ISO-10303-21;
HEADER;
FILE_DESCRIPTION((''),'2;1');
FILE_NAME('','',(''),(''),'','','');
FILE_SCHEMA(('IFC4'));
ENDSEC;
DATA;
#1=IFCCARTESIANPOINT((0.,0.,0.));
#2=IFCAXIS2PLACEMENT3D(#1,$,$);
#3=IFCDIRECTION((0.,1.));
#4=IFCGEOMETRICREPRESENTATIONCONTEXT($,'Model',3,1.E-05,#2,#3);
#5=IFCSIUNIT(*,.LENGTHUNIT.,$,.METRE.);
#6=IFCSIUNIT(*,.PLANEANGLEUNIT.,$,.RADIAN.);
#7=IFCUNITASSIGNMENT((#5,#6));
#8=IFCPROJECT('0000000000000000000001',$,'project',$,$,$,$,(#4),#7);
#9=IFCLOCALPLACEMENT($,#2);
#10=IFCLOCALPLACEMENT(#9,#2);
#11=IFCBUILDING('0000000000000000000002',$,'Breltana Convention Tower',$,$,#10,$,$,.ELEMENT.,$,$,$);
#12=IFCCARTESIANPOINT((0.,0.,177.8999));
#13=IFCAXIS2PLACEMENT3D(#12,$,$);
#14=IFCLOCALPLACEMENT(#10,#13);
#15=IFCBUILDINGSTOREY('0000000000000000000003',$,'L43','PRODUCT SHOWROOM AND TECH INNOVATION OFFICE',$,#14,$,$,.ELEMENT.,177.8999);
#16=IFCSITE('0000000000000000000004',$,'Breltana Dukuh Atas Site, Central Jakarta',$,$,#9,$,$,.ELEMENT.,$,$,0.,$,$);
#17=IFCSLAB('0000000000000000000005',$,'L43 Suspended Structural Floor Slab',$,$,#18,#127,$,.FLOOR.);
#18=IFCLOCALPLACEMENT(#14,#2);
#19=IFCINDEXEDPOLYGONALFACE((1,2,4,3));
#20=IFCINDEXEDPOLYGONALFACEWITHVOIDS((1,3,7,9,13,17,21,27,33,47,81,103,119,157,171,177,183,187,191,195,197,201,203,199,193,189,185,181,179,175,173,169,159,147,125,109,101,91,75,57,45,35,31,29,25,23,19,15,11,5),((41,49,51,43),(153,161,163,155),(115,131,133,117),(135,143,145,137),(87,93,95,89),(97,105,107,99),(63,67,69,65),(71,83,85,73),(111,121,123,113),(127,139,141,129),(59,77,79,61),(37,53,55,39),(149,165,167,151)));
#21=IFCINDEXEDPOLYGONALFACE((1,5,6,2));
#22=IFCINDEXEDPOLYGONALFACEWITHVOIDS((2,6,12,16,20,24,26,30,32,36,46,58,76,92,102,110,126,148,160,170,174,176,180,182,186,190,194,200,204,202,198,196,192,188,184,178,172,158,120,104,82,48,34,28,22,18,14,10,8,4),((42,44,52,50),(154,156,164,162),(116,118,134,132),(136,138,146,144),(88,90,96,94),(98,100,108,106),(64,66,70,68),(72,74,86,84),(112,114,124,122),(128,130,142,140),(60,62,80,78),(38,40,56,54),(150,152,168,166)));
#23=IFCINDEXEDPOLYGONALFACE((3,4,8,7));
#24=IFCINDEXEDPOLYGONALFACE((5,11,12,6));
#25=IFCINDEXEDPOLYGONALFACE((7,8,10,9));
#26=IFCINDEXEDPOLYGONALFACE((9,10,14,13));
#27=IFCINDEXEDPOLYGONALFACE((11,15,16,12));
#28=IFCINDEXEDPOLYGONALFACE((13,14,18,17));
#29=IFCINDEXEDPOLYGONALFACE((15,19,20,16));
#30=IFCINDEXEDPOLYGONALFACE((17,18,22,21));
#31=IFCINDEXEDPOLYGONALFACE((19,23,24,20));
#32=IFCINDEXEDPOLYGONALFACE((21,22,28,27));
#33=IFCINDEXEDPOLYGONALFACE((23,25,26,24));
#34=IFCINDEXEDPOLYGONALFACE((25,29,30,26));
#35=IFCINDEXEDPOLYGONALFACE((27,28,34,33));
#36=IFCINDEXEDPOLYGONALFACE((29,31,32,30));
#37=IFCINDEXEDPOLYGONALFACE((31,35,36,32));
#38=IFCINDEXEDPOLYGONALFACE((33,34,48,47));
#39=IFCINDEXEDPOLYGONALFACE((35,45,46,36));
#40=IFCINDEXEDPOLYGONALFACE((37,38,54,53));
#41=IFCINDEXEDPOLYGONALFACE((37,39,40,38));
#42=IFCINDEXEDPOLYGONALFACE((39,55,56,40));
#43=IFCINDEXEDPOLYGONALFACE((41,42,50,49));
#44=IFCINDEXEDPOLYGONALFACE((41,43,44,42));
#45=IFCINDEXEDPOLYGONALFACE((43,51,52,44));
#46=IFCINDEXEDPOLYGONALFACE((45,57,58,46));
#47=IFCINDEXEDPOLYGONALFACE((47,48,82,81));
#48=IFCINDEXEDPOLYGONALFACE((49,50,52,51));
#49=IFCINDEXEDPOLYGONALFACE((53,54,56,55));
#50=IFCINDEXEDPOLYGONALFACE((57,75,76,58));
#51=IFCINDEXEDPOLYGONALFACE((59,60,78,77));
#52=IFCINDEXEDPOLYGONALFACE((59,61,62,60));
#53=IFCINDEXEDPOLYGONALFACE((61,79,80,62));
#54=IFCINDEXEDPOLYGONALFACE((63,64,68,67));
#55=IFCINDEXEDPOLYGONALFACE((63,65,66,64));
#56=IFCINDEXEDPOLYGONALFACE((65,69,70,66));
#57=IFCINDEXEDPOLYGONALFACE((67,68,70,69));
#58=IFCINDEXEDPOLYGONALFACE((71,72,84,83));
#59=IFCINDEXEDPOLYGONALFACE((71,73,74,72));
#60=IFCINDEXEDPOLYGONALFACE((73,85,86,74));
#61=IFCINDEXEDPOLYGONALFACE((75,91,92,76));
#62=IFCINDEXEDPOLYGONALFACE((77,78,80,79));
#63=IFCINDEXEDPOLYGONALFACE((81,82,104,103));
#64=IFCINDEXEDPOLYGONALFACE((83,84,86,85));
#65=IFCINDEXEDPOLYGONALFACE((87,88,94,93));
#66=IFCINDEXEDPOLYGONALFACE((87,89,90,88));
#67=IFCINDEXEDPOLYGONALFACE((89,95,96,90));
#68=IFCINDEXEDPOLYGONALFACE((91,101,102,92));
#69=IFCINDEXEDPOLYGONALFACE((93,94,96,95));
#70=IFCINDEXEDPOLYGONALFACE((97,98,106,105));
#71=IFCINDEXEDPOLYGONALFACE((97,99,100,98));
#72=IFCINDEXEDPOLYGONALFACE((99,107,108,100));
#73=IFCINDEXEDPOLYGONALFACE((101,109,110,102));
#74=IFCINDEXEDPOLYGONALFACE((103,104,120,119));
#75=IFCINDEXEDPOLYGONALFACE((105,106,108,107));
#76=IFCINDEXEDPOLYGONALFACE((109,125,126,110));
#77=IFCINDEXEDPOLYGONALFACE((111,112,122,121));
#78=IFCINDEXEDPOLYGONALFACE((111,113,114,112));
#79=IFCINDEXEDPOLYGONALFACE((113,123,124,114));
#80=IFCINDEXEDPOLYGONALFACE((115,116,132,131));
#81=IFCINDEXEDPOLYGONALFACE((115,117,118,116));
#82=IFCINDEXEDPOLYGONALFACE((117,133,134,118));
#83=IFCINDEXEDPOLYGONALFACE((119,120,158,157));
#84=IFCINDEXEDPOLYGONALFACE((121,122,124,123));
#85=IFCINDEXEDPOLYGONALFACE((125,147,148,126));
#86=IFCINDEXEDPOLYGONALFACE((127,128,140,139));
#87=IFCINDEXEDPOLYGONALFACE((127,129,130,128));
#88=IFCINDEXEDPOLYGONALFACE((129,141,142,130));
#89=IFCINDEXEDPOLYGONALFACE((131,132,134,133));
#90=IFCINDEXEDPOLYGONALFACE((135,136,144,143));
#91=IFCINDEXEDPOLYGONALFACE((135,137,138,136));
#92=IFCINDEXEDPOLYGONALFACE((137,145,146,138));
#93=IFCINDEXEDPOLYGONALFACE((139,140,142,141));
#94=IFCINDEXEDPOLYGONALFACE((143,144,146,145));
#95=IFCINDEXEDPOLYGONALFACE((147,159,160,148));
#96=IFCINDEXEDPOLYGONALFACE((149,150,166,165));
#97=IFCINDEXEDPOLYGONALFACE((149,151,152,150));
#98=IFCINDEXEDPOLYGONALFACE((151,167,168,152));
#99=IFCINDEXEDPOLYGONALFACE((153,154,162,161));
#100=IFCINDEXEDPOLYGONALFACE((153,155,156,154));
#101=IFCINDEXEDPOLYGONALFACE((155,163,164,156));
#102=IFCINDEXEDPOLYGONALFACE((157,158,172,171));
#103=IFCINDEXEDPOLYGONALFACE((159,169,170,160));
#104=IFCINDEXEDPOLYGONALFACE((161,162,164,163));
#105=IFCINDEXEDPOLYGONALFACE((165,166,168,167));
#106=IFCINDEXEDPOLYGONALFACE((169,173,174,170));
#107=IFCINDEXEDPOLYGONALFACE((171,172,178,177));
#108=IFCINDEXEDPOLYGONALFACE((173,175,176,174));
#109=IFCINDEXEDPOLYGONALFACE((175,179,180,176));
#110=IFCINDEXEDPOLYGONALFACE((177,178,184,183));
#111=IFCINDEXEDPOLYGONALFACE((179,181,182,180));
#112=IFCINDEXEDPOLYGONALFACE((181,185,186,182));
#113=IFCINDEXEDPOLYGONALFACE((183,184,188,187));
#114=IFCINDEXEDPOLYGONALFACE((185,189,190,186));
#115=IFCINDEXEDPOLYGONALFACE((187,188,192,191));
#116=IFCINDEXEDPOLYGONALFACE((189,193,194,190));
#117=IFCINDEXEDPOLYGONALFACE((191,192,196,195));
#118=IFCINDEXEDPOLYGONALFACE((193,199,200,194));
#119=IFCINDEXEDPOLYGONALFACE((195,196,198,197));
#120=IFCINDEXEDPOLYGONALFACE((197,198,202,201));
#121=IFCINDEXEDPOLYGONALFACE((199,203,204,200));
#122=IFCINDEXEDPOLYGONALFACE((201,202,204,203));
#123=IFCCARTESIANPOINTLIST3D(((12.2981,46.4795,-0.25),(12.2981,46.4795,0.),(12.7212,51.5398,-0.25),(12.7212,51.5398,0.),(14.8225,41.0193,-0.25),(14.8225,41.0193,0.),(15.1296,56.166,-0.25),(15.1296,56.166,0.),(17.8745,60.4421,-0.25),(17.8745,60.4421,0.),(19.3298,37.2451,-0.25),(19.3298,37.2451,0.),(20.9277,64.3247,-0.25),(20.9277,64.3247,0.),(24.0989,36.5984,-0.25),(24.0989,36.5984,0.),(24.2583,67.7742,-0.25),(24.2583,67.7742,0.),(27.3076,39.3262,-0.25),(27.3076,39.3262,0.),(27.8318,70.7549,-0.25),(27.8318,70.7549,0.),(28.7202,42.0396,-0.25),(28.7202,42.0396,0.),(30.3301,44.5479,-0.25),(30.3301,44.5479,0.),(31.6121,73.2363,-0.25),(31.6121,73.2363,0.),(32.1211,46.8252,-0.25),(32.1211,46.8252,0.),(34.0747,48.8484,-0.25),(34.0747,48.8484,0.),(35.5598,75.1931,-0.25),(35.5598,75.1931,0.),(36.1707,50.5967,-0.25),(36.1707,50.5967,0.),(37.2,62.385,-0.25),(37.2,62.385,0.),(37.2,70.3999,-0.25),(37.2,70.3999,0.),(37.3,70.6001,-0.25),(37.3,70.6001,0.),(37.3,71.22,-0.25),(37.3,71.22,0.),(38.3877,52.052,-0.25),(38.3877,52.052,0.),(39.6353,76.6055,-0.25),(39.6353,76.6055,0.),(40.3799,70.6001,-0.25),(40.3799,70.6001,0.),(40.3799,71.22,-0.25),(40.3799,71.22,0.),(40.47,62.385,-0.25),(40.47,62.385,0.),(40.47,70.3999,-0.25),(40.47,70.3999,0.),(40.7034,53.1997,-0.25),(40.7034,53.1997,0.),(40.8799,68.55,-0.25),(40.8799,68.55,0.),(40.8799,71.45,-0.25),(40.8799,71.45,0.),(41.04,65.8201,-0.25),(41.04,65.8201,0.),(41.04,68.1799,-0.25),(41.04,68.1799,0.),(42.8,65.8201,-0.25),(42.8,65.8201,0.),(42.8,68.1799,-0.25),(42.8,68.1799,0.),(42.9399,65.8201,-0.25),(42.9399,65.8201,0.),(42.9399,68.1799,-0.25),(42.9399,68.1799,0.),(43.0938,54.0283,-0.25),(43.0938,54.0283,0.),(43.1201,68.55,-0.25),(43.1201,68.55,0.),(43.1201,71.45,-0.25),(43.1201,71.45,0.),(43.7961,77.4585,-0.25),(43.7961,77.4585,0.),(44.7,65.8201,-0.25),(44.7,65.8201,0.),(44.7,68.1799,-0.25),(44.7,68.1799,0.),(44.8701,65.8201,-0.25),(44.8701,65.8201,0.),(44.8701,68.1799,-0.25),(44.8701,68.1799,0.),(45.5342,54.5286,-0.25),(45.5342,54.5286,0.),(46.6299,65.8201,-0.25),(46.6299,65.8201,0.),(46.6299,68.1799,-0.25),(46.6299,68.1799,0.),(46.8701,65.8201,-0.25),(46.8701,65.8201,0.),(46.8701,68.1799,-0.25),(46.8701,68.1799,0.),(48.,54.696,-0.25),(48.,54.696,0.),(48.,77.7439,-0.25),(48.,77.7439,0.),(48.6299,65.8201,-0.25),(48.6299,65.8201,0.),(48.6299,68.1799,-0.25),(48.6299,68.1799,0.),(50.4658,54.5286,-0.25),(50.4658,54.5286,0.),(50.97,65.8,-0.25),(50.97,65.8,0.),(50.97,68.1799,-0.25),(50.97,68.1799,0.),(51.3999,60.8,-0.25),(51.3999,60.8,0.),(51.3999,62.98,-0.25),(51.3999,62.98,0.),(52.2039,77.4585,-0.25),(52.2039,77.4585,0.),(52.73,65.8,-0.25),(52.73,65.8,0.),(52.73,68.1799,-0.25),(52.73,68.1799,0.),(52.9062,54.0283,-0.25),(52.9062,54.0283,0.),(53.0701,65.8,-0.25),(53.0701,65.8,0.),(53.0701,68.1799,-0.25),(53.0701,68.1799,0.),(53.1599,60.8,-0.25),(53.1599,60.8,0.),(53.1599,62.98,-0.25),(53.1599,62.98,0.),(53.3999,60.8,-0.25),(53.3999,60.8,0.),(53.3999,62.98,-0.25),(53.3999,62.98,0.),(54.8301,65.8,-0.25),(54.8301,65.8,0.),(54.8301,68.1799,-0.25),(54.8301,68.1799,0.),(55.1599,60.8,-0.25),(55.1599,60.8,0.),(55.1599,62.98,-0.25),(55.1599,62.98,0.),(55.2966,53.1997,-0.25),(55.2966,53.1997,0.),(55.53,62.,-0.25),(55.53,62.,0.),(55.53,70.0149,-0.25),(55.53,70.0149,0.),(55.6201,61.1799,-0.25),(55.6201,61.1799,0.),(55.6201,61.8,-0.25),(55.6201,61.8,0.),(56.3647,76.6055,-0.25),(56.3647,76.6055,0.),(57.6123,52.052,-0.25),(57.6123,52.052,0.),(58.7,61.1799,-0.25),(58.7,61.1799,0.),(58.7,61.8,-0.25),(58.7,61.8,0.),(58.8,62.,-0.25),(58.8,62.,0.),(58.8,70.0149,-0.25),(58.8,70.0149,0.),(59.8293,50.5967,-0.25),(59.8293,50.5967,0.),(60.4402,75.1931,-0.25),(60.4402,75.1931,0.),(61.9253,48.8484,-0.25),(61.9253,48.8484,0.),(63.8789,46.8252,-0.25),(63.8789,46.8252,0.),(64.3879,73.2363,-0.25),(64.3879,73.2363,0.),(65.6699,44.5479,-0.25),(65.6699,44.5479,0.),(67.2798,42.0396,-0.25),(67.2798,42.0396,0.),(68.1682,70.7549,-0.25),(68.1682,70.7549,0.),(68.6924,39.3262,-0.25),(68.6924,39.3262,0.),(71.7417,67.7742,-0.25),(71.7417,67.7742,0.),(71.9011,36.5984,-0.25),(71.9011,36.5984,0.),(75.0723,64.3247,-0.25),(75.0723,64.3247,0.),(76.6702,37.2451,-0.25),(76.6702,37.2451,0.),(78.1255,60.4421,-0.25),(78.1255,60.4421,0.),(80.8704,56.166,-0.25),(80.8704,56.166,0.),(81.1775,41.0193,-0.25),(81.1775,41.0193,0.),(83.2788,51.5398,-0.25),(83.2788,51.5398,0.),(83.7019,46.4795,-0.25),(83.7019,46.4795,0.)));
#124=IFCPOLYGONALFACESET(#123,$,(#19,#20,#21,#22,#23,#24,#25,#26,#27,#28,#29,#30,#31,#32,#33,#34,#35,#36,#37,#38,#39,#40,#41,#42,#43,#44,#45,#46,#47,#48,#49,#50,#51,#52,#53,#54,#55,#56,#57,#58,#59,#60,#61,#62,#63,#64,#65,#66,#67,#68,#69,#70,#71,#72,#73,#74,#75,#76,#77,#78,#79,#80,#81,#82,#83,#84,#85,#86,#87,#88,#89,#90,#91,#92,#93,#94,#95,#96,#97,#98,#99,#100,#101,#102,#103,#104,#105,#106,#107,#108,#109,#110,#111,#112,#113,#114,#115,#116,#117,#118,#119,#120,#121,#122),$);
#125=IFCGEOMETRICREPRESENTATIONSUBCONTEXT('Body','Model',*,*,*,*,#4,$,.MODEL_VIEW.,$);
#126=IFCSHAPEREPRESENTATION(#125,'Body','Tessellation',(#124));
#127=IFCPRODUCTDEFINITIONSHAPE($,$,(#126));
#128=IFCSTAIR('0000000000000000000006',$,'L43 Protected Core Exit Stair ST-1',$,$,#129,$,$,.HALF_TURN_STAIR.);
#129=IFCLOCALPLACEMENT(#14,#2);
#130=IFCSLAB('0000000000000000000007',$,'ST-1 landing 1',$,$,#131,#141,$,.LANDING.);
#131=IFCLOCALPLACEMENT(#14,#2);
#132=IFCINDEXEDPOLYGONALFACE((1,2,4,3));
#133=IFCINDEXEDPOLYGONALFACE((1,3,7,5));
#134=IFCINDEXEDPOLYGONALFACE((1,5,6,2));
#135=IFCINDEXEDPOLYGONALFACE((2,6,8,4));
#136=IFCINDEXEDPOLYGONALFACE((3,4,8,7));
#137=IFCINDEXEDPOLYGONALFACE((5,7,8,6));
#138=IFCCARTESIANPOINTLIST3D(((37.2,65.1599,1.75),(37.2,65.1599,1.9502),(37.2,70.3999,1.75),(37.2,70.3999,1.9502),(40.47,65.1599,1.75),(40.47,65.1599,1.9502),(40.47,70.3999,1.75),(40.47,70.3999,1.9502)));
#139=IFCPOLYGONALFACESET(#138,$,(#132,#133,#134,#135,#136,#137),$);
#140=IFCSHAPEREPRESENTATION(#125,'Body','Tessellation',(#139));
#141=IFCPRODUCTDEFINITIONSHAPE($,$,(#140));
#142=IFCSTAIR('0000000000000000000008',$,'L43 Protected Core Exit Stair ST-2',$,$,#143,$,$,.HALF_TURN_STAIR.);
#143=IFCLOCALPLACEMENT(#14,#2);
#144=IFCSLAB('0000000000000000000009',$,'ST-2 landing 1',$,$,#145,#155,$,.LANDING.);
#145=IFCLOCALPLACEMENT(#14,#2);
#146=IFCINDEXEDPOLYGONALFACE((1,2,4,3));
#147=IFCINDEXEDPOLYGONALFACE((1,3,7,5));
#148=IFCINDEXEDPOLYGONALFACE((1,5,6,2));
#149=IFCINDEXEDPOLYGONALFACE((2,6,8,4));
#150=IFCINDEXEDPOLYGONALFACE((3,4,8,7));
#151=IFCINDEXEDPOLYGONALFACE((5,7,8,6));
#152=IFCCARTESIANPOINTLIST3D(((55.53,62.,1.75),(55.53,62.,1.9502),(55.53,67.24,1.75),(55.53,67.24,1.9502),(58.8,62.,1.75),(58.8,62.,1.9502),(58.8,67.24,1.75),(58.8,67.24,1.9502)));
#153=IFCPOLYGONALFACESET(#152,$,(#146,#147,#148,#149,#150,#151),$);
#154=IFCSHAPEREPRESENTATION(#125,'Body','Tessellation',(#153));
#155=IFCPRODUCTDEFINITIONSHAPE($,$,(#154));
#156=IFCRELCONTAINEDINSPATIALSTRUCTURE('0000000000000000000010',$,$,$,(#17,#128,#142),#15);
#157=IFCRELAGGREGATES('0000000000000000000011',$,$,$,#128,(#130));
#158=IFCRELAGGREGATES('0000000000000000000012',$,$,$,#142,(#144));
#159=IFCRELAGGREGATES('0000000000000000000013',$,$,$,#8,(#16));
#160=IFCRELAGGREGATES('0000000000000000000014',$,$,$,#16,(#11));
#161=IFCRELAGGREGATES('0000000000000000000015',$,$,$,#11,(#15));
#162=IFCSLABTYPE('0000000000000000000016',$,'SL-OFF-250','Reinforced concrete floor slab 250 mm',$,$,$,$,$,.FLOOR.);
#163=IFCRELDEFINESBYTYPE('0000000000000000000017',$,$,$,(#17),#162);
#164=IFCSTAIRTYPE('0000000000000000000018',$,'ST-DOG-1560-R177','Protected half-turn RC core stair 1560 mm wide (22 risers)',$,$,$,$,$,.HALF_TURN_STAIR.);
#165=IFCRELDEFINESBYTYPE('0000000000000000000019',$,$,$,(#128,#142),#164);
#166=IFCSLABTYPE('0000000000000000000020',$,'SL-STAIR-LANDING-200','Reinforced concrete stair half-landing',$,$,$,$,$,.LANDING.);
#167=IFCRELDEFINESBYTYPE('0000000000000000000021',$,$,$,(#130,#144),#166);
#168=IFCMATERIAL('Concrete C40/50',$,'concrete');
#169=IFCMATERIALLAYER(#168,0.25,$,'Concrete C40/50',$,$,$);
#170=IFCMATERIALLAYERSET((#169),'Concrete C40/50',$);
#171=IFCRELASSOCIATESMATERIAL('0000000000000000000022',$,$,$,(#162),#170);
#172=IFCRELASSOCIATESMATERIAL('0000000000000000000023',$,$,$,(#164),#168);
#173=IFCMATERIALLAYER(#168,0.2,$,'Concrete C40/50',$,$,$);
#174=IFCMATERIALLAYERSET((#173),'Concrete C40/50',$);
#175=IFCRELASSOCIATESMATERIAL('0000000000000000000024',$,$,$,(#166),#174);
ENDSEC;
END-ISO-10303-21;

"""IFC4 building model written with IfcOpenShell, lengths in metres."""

from ifc_helpers import new_model, si_unit, direction, frame, origin, place, context, subcontext, project, spatial, polyline, outline, extrude, material, layer, layer_set, type_object, element, aggregate, save


model = new_model("IFC4")

# Units and contexts
model_context = context("Model", 3, precision=1e-05, world=origin(), true_north=direction((0.0, 1.0)))
body_context = subcontext(model_context, "Body", "Model", "MODEL_VIEW")
ifc_project = project(units=[si_unit("LENGTHUNIT", "METRE"), si_unit("PLANEANGLEUNIT", "RADIAN")], contexts=[model_context])

# Site, building, storey
site_placement = place(None, origin())
site = spatial("IfcSite", under=ifc_project, at=site_placement, Name="Breltana Dukuh Atas Site, Central Jakarta", CompositionType="ELEMENT", RefElevation=0.0)
building_placement = place(site_placement, origin())
building = spatial("IfcBuilding", under=site, at=building_placement, Name="Breltana Convention Tower", CompositionType="ELEMENT")
storey_placement = place(building_placement, frame((0.0, 0.0, 177.8999)))
storey = spatial("IfcBuildingStorey", under=building, at=storey_placement, Name="L43", Description="PRODUCT SHOWROOM AND TECH INNOVATION OFFICE", CompositionType="ELEMENT", Elevation=177.8999)

# Slab
ifc_material_1 = material(Name="Concrete C40/50", Category="concrete")
ifc_layer_1 = layer(ifc_material_1, 0.25, Name="Concrete C40/50")
ifc_layer_set_1 = layer_set([ifc_layer_1], Name="Concrete C40/50")
slab_type_1 = type_object("IfcSlabType", Name="SL-OFF-250", Description="Reinforced concrete floor slab 250 mm", PredefinedType="FLOOR", material=ifc_layer_set_1)
slab_1_placement = place(storey_placement, frame((0.0, 0.0, -0.25)))
element("IfcSlab", 1, at=slab_1_placement, inside=storey, type_object=slab_type_1, Name="L43 Suspended Structural Floor Slab", PredefinedType="FLOOR", context=body_context, shape_type="SweptSolid", body=[
    extrude(outline(polyline([(83.2788, 51.5398), (80.8704, 56.166), (78.1255, 60.4421), (75.0723, 64.3247), (71.7417, 67.7742), (68.1682, 70.7549), (64.3879, 73.2363), (60.4402, 75.1931), (56.3647, 76.6055), (52.2039, 77.4585), (48.0, 77.7439), (43.7961, 77.4585), (39.6353, 76.6055), (35.5598, 75.1931), (31.6121, 73.2363), (27.8318, 70.7549), (24.2583, 67.7742), (20.9277, 64.3247), (17.8745, 60.4421), (15.1296, 56.166), (12.7212, 51.5398), (12.2981, 46.4795), (14.8225, 41.0193), (19.3298, 37.2451), (24.0989, 36.5984), (27.3076, 39.3262), (28.7202, 42.0396), (30.3301, 44.5479), (32.1211, 46.8252), (34.0747, 48.8484), (36.1707, 50.5967), (38.3877, 52.052), (40.7034, 53.1997), (43.0938, 54.0283), (45.5342, 54.5286), (48.0, 54.696), (50.4658, 54.5286), (52.9062, 54.0283), (55.2966, 53.1997), (57.6123, 52.052), (59.8293, 50.5967), (61.9253, 48.8484), (63.8789, 46.8252), (65.6699, 44.5479), (67.2798, 42.0396), (68.6924, 39.3262), (71.9011, 36.5984), (76.6702, 37.2451), (81.1775, 41.0193), (83.7019, 46.4795), (83.2788, 51.5398)]), holes=[polyline([(37.2, 62.385), (40.47, 62.385), (40.47, 70.3999), (37.2, 70.3999), (37.2, 62.385)]), polyline([(55.53, 62.0), (58.8, 62.0), (58.8, 70.0149), (55.53, 70.0149), (55.53, 62.0)]), polyline([(51.3999, 60.8), (53.1599, 60.8), (53.1599, 62.98), (51.3999, 62.98), (51.3999, 60.8)]), polyline([(53.3999, 60.8), (55.1599, 60.8), (55.1599, 62.98), (53.3999, 62.98), (53.3999, 60.8)]), polyline([(41.04, 65.8201), (42.8, 65.8201), (42.8, 68.1799), (41.04, 68.1799), (41.04, 65.8201)]), polyline([(42.9399, 65.8201), (44.7, 65.8201), (44.7, 68.1799), (42.9399, 68.1799), (42.9399, 65.8201)]), polyline([(44.8701, 65.8201), (46.6299, 65.8201), (46.6299, 68.1799), (44.8701, 68.1799), (44.8701, 65.8201)]), polyline([(46.8701, 65.8201), (48.6299, 65.8201), (48.6299, 68.1799), (46.8701, 68.1799), (46.8701, 65.8201)]), polyline([(50.97, 65.8), (52.73, 65.8), (52.73, 68.1799), (50.97, 68.1799), (50.97, 65.8)]), polyline([(53.0701, 65.8), (54.8301, 65.8), (54.8301, 68.1799), (53.0701, 68.1799), (53.0701, 65.8)]), polyline([(40.8799, 68.55), (43.1201, 68.55), (43.1201, 71.45), (40.8799, 71.45), (40.8799, 68.55)]), polyline([(37.3, 70.6001), (40.3799, 70.6001), (40.3799, 71.22), (37.3, 71.22), (37.3, 70.6001)]), polyline([(55.6201, 61.1799), (58.7, 61.1799), (58.7, 61.8), (55.6201, 61.8), (55.6201, 61.1799)])]), origin(), (0.0, 0.0, 1.0), 0.25),
])

# Stairs, slabs
stair_type = type_object("IfcStairType", Name="ST-DOG-1560-R177", Description="Protected half-turn RC core stair 1560 mm wide (22 risers)", PredefinedType="HALF_TURN_STAIR", material=ifc_material_1)
stair_1_placement = place(storey_placement, origin())
stair_1 = element("IfcStair", 2, at=stair_1_placement, inside=storey, type_object=stair_type, Name="L43 Protected Core Exit Stair ST-1", PredefinedType="HALF_TURN_STAIR")
ifc_layer_2 = layer(ifc_material_1, 0.2, Name="Concrete C40/50")
ifc_layer_set_2 = layer_set([ifc_layer_2], Name="Concrete C40/50")
slab_type_2 = type_object("IfcSlabType", Name="SL-STAIR-LANDING-200", Description="Reinforced concrete stair half-landing", PredefinedType="LANDING", material=ifc_layer_set_2)
slab_2_placement = place(storey_placement, frame((0.0, 0.0, 1.75)))
slab_2 = element("IfcSlab", 3, at=slab_2_placement, type_object=slab_type_2, Name="ST-1 landing 1", PredefinedType="LANDING", context=body_context, shape_type="SweptSolid", body=[
    extrude(outline(polyline([(40.47, 65.1599), (40.47, 70.3999), (37.2, 70.3999), (37.2, 65.1599), (40.47, 65.1599)])), origin(), (0.0, 0.0, 1.0), 0.2002),
])
aggregate(stair_1, [slab_2])
stair_2_placement = place(storey_placement, origin())
stair_2 = element("IfcStair", 4, at=stair_2_placement, inside=storey, type_object=stair_type, Name="L43 Protected Core Exit Stair ST-2", PredefinedType="HALF_TURN_STAIR")
slab_3_placement = place(storey_placement, frame((0.0, 0.0, 1.75)))
slab_3 = element("IfcSlab", 5, at=slab_3_placement, type_object=slab_type_2, Name="ST-2 landing 1", PredefinedType="LANDING", context=body_context, shape_type="SweptSolid", body=[
    extrude(outline(polyline([(55.53, 67.24), (55.53, 62.0), (58.8, 62.0), (58.8, 67.24), (55.53, 67.24)])), origin(), (0.0, 0.0, 1.0), 0.2002),
])
aggregate(stair_2, [slab_3])

save(model, "model.ifc")
